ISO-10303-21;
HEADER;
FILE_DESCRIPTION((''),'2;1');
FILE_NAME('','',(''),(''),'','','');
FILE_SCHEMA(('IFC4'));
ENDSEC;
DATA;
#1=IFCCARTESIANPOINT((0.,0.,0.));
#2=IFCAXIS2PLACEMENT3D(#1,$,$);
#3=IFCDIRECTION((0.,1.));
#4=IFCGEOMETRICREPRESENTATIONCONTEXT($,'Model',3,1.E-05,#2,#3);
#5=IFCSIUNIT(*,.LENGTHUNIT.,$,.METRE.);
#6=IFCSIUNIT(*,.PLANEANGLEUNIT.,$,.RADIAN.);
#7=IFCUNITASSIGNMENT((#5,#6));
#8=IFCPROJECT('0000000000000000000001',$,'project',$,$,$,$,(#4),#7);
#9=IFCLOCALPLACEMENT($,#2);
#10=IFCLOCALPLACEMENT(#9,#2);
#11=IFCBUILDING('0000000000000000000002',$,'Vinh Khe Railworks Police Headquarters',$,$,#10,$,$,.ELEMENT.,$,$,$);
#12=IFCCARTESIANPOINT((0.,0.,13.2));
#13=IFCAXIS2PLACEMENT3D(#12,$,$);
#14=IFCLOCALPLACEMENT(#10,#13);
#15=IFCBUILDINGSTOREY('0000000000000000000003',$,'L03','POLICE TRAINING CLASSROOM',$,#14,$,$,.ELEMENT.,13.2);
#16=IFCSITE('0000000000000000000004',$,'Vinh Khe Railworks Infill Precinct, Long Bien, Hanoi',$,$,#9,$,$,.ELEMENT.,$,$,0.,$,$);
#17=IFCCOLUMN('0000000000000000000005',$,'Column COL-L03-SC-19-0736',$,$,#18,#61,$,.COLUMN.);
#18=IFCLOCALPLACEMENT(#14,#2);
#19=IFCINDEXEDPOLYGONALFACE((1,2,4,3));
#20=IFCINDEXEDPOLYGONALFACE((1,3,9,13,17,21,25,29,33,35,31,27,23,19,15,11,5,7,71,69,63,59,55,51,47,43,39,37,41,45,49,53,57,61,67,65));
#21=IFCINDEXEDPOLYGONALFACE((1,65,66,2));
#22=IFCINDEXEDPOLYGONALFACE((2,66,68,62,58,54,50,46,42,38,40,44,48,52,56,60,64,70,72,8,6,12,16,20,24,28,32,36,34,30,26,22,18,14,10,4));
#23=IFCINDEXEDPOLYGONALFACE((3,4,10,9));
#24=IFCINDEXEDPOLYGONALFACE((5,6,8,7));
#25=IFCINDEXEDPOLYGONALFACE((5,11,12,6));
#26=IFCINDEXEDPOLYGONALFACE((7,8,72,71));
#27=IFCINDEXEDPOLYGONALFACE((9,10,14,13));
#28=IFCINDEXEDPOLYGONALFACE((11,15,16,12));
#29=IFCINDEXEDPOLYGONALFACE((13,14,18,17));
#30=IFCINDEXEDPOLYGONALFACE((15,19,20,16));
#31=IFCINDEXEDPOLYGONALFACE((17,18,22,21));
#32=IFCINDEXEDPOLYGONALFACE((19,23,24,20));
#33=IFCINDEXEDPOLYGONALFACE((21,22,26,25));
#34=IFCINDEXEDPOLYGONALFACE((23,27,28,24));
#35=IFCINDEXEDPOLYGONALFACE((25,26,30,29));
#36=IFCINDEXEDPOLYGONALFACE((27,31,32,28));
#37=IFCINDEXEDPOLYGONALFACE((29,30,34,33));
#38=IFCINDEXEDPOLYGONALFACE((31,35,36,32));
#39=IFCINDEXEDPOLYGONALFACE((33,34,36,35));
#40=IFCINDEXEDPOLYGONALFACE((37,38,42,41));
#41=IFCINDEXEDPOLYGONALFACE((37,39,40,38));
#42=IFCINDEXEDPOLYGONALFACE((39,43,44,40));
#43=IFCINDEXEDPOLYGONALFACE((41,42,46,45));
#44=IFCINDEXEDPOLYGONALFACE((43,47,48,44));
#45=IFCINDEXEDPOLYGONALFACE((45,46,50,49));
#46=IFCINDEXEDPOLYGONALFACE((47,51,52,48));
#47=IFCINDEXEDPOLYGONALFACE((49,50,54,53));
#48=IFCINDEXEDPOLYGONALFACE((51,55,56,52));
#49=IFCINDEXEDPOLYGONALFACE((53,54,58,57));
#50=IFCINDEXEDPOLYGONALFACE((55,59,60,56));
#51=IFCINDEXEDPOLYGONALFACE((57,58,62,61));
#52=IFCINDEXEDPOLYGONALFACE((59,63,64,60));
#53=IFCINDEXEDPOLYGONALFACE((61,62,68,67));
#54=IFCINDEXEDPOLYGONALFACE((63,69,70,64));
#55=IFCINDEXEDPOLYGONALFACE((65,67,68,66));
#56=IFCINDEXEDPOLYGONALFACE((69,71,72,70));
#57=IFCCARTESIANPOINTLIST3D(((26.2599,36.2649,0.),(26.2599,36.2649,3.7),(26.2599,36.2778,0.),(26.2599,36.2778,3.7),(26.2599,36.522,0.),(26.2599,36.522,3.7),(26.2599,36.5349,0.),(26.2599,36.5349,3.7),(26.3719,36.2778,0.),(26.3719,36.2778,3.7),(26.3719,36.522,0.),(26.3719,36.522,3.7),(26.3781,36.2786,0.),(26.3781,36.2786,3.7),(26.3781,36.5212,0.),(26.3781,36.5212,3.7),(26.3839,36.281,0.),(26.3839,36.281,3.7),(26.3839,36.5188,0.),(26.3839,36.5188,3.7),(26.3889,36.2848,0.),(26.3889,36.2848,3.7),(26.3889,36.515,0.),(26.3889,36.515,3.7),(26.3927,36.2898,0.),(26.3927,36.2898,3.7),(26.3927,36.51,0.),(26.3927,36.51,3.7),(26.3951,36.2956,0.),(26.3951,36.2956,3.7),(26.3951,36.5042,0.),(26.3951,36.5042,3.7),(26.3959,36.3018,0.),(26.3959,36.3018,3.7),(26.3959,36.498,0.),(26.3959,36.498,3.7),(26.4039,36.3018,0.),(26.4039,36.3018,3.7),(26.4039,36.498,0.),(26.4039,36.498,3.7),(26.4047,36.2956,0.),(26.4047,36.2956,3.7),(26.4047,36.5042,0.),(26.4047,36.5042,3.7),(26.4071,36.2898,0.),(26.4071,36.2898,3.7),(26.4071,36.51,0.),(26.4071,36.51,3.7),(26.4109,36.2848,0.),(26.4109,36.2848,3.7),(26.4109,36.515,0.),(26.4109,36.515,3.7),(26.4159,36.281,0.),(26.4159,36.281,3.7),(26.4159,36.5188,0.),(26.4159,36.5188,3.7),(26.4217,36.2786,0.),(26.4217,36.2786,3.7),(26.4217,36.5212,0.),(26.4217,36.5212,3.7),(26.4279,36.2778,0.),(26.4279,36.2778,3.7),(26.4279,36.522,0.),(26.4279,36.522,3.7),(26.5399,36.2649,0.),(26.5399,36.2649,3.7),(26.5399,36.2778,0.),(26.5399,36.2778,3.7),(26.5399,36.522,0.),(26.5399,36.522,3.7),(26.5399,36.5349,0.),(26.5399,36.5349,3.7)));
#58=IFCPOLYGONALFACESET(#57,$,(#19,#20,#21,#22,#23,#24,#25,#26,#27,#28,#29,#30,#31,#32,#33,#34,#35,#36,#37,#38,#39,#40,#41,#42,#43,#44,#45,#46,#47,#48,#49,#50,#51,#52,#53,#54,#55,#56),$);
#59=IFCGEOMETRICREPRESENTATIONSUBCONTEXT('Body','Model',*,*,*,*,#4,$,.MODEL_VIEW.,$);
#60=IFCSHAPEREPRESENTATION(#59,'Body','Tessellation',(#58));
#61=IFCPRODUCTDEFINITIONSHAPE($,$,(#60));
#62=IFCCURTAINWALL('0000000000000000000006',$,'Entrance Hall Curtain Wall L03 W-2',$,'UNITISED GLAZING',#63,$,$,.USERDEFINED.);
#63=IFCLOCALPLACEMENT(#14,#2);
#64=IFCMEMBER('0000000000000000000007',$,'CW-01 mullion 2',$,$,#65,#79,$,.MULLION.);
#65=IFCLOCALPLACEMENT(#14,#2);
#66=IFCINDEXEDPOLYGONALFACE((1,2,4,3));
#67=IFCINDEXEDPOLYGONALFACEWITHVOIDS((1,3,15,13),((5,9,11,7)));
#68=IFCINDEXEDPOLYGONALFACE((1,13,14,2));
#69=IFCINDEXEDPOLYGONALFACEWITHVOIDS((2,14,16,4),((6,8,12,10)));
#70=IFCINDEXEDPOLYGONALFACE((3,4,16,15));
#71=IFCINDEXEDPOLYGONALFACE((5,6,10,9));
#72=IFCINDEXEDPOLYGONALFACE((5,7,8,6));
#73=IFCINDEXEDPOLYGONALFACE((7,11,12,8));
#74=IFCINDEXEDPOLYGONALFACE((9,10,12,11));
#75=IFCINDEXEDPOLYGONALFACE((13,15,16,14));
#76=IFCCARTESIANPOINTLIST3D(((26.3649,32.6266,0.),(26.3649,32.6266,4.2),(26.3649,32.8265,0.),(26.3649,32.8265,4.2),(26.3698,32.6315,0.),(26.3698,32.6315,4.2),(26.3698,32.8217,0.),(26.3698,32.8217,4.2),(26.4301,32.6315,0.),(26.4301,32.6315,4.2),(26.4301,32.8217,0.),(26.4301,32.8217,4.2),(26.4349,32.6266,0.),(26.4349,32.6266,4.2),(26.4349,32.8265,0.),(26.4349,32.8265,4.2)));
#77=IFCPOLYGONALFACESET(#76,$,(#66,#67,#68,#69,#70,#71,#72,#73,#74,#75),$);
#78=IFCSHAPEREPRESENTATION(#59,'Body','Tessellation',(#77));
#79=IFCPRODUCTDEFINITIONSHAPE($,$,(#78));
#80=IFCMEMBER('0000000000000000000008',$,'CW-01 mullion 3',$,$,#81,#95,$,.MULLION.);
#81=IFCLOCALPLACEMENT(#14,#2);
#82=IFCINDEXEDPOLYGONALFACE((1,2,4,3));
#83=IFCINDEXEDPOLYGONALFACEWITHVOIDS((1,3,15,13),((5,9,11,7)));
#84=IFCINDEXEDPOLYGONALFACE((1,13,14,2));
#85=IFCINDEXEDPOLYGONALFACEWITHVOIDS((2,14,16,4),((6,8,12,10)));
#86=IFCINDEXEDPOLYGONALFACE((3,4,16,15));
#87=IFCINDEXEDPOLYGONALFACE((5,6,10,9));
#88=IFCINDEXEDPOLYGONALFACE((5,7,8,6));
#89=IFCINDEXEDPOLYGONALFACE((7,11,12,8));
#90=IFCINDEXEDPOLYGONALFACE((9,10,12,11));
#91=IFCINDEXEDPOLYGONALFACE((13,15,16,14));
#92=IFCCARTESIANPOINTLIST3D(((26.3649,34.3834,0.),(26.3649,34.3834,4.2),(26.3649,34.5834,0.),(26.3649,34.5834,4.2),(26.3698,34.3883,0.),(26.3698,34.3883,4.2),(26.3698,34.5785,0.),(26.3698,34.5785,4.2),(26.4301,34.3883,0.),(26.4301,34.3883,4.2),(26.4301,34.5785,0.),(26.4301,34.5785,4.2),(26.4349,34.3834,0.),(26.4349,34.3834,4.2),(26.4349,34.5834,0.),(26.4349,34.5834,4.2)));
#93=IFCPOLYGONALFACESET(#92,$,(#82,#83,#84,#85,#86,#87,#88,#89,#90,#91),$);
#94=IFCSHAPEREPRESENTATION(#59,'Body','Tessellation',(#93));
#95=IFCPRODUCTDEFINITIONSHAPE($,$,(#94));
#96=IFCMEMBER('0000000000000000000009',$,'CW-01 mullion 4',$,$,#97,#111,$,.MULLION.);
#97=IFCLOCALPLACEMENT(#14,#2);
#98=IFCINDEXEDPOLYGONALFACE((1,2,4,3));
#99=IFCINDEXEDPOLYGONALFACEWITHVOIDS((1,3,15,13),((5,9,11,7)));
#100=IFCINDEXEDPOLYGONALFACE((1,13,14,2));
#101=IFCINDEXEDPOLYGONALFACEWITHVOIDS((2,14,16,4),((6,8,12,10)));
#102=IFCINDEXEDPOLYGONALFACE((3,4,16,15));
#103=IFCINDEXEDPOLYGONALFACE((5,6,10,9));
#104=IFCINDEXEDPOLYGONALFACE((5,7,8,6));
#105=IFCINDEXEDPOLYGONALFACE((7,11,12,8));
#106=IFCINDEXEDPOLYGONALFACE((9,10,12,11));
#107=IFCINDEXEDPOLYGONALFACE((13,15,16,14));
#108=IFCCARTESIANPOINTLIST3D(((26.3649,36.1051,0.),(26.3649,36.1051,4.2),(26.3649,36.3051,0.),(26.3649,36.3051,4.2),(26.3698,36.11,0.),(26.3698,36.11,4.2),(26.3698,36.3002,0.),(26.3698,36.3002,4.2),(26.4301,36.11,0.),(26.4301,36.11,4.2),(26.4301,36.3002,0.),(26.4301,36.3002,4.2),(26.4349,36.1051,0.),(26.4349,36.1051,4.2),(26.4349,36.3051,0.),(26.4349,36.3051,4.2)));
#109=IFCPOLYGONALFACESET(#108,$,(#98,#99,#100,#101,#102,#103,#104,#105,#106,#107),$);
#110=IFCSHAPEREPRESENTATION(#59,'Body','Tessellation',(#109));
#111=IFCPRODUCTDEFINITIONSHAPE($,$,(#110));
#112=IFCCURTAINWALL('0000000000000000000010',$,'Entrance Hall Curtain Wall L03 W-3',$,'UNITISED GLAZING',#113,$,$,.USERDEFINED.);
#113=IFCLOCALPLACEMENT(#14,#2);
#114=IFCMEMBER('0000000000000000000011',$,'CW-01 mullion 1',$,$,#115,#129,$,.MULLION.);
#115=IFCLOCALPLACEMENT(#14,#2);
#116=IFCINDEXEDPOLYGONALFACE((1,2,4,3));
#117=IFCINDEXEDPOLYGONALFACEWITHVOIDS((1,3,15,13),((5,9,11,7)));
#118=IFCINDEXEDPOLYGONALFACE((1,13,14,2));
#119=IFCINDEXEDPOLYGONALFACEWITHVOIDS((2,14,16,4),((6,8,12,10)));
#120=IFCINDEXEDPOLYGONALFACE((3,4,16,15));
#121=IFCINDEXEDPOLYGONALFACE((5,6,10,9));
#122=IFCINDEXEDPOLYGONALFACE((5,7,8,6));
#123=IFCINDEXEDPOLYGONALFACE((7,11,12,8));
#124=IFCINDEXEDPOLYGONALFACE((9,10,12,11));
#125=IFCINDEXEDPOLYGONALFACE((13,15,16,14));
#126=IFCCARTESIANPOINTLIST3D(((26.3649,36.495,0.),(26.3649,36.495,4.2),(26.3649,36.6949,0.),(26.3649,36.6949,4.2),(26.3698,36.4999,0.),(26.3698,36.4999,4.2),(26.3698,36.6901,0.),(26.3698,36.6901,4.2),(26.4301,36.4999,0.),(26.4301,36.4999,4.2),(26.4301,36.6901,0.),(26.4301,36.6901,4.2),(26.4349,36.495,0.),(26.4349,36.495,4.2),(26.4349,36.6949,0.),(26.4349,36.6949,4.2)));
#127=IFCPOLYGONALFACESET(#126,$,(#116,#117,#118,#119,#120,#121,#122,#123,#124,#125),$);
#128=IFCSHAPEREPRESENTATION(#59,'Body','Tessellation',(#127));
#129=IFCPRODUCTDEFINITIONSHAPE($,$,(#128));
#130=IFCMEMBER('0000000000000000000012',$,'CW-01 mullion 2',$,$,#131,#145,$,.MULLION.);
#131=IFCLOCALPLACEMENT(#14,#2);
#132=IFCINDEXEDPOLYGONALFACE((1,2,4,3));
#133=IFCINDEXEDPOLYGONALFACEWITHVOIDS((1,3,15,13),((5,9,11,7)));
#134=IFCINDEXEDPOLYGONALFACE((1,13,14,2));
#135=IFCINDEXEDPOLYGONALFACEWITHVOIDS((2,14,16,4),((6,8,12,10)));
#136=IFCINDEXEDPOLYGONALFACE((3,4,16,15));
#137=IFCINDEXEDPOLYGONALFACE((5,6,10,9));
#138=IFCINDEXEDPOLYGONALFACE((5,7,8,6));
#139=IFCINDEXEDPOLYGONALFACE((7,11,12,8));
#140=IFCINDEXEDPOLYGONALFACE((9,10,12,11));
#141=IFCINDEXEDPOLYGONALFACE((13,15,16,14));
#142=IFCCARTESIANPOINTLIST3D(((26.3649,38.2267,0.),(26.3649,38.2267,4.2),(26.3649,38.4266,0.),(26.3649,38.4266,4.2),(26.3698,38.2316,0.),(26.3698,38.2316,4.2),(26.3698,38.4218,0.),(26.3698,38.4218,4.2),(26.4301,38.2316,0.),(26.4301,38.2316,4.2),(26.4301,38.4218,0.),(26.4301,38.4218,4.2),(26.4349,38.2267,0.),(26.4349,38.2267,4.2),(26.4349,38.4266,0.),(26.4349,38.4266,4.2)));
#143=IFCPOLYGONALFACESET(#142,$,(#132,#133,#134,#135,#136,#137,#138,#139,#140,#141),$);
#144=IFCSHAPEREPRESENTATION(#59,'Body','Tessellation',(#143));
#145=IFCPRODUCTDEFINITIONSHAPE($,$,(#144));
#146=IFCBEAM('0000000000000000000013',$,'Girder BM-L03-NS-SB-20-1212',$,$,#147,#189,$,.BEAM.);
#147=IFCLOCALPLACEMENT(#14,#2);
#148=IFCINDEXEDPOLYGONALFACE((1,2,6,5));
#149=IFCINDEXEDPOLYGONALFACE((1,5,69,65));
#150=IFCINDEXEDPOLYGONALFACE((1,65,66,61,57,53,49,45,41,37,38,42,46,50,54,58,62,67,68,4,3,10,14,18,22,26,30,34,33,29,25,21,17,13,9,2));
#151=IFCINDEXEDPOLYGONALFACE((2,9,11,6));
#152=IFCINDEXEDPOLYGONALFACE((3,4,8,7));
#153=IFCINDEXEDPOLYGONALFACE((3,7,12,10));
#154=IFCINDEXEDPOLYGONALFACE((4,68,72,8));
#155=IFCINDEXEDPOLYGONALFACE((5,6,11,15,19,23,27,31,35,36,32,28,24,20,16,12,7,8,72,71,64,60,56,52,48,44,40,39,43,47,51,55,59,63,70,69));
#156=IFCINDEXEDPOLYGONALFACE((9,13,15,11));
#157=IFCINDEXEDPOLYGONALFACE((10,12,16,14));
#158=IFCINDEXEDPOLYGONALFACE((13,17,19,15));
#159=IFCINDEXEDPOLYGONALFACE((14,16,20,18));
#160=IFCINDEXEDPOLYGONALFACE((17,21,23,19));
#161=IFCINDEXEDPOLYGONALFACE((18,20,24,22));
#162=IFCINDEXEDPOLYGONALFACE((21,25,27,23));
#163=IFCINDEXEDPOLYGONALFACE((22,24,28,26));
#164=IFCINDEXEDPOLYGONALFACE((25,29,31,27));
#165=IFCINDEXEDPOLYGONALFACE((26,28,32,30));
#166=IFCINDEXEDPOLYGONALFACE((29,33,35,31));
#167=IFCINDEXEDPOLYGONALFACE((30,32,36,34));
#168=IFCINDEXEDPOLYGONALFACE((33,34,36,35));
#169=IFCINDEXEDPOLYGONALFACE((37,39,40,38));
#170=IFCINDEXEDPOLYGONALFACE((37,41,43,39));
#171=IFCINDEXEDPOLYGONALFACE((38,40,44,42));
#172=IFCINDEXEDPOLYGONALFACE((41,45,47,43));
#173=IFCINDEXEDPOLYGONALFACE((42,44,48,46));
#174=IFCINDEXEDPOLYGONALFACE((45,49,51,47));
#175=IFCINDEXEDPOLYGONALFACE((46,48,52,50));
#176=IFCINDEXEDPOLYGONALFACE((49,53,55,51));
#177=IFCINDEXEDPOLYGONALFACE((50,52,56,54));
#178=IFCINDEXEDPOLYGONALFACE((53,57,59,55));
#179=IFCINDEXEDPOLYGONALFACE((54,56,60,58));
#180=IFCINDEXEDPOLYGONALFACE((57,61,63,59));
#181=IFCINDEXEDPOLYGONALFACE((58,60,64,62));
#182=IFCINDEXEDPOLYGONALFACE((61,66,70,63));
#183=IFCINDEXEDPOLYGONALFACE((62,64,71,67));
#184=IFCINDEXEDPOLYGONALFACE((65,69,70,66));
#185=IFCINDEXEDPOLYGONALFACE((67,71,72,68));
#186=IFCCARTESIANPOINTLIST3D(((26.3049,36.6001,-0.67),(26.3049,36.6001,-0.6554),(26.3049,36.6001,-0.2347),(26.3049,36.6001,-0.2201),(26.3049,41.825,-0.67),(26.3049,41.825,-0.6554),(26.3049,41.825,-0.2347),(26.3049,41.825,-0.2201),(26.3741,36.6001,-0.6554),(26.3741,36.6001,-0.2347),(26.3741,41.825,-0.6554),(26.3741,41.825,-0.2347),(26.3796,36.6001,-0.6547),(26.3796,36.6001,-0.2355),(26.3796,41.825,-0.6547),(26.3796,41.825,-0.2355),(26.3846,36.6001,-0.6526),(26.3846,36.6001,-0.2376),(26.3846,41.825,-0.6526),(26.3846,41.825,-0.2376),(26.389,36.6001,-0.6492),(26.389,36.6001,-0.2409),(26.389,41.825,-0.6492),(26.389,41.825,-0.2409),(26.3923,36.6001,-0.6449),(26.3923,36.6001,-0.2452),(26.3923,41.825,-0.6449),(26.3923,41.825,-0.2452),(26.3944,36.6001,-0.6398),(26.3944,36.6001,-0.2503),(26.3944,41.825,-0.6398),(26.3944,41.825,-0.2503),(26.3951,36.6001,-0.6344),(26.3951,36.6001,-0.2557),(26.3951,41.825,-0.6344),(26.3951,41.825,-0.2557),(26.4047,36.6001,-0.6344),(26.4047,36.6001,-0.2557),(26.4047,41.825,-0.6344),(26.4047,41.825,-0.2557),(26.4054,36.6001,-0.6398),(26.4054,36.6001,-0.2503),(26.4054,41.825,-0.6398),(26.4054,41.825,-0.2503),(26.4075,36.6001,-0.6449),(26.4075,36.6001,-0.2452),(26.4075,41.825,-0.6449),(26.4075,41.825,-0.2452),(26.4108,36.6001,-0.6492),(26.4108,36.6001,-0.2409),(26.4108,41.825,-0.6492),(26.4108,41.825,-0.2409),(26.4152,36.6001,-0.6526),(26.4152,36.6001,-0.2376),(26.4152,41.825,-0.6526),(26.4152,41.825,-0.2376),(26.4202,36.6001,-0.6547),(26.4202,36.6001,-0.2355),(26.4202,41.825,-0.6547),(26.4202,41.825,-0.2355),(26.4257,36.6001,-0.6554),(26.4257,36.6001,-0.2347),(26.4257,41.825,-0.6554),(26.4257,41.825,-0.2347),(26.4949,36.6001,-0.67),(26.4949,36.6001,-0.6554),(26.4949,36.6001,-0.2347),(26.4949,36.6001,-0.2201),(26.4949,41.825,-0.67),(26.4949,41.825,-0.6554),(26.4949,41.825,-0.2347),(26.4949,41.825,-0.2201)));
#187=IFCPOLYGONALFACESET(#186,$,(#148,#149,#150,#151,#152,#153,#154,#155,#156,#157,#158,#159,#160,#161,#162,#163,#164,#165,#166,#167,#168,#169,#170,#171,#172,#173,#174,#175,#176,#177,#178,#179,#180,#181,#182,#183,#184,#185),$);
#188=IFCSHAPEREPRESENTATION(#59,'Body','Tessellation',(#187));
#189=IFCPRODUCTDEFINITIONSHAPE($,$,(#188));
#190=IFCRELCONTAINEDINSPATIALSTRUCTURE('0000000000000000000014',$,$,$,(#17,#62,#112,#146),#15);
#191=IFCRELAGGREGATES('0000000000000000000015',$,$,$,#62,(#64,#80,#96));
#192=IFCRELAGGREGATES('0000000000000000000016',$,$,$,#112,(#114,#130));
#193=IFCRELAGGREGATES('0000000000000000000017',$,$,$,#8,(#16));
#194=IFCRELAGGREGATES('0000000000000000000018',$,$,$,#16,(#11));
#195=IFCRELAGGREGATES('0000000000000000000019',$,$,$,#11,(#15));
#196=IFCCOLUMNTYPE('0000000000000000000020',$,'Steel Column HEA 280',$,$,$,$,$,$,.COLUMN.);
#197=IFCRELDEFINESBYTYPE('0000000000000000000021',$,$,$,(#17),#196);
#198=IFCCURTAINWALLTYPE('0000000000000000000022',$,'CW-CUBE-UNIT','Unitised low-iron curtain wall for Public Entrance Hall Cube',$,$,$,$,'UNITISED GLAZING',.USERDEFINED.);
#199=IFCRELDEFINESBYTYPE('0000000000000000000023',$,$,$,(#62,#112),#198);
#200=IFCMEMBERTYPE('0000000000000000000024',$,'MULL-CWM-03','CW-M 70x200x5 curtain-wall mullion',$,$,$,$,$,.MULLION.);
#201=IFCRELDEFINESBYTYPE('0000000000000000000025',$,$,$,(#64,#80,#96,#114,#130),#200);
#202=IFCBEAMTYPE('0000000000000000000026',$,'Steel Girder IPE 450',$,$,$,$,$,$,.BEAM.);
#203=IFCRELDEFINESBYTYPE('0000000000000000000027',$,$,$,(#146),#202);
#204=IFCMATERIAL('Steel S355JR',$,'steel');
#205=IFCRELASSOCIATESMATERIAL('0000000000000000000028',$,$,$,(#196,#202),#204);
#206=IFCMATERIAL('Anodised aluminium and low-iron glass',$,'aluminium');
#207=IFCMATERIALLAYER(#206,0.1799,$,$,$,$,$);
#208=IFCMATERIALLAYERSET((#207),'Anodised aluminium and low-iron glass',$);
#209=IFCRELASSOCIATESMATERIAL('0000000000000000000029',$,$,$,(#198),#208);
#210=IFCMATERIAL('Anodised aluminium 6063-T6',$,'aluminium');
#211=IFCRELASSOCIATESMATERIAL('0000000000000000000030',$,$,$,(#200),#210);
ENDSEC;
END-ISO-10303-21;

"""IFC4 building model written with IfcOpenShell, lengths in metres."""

from ifc_helpers import new_model, si_unit, direction, frame, origin, origin_2d, place, context, subcontext, project, spatial, hollow_rectangle, i_section, extrude, material, layer, layer_set, material_profile, profile_set, type_object, element, aggregate, save


model = new_model("IFC4")

# Units and contexts
model_context = context("Model", 3, precision=1e-05, world=origin(), true_north=direction((0.0, 1.0)))
body_context = subcontext(model_context, "Body", "Model", "MODEL_VIEW")
ifc_project = project(units=[si_unit("LENGTHUNIT", "METRE"), si_unit("PLANEANGLEUNIT", "RADIAN")], contexts=[model_context])

# Site, building, storey
site_placement = place(None, origin())
site = spatial("IfcSite", under=ifc_project, at=site_placement, Name="Vinh Khe Railworks Infill Precinct, Long Bien, Hanoi", CompositionType="ELEMENT", RefElevation=0.0)
building_placement = place(site_placement, origin())
building = spatial("IfcBuilding", under=site, at=building_placement, Name="Vinh Khe Railworks Police Headquarters", CompositionType="ELEMENT")
storey_placement = place(building_placement, frame((0.0, 0.0, 13.2)))
storey = spatial("IfcBuildingStorey", under=building, at=storey_placement, Name="L03", Description="POLICE TRAINING CLASSROOM", CompositionType="ELEMENT", Elevation=13.2)

# Column
ifc_material_1 = material(Name="Steel S355JR", Category="steel")
ifc_material_profile_1 = material_profile(ifc_material_1, i_section(OverallWidth=0.28, OverallDepth=0.27, WebThickness=0.0081, FlangeThickness=0.0129, FilletRadius=0.0239, at=origin_2d()), Name="HEA 280")
ifc_profile_set_1 = profile_set([ifc_material_profile_1], Name="Steel S355JR")
column_type = type_object("IfcColumnType", Name="Steel Column HEA 280", PredefinedType="COLUMN", material=ifc_profile_set_1)
column_placement = place(storey_placement, frame((26.3999, 36.3999, 0.0), z_axis=(0.0, 0.0, 1.0), x_axis=(1.0, 0.0, 0.0)))
element("IfcColumn", 1, at=column_placement, inside=storey, type_object=column_type, Name="Column COL-L03-SC-19-0736", PredefinedType="COLUMN", context=body_context, shape_type="SweptSolid", body=[
    extrude(i_section(OverallWidth=0.28, OverallDepth=0.27, WebThickness=0.0081, FlangeThickness=0.0129, FilletRadius=0.0239, at=origin_2d()), origin(), (0.0, 0.0, 1.0), 3.7),
])

# Curtain walls, members
ifc_material_2 = material(Name="Anodised aluminium and low-iron glass", Category="aluminium")
ifc_layer_1 = layer(ifc_material_2, 0.1799)
ifc_layer_set_1 = layer_set([ifc_layer_1], Name="Anodised aluminium and low-iron glass")
curtain_wall_type = type_object("IfcCurtainWallType", Name="CW-CUBE-UNIT", Description="Unitised low-iron curtain wall for Public Entrance Hall Cube", ElementType="UNITISED GLAZING", PredefinedType="USERDEFINED", material=ifc_layer_set_1)
curtain_wall_1_placement = place(storey_placement, origin())
curtain_wall_1 = element("IfcCurtainWall", 2, at=curtain_wall_1_placement, inside=storey, type_object=curtain_wall_type, Name="Entrance Hall Curtain Wall L03 W-2", ObjectType="UNITISED GLAZING", PredefinedType="USERDEFINED")
ifc_material_3 = material(Name="Anodised aluminium 6063-T6", Category="aluminium")
ifc_material_profile_2 = material_profile(ifc_material_3, hollow_rectangle(XDim=0.0701, YDim=0.2, WallThickness=0.0049, at=origin_2d()), Name="CW-M 70x200x5")
ifc_profile_set_2 = profile_set([ifc_material_profile_2], Name="Anodised aluminium 6063-T6")
member_type_1 = type_object("IfcMemberType", Name="MULL-CWM-03", Description="CW-M 70x200x5 curtain-wall mullion", PredefinedType="MULLION", material=ifc_profile_set_2)
member_1_placement = place(storey_placement, frame((26.3999, 32.7266, 0.0), z_axis=(0.0, 0.0, 1.0), x_axis=(-1.0, 0.0, 0.0)))
member_1 = element("IfcMember", 3, at=member_1_placement, type_object=member_type_1, Name="CW-01 mullion 2", PredefinedType="MULLION", context=body_context, shape_type="SweptSolid", body=[
    extrude(hollow_rectangle(XDim=0.0701, YDim=0.2, WallThickness=0.0049, at=origin_2d()), origin(), (0.0, 0.0, 1.0), 4.2),
])
member_2_placement = place(storey_placement, frame((26.3999, 34.4834, 0.0), z_axis=(0.0, 0.0, 1.0), x_axis=(-1.0, 0.0, 0.0)))
member_2 = element("IfcMember", 4, at=member_2_placement, type_object=member_type_1, Name="CW-01 mullion 3", PredefinedType="MULLION", context=body_context, shape_type="SweptSolid", body=[
    extrude(hollow_rectangle(XDim=0.0701, YDim=0.2, WallThickness=0.0049, at=origin_2d()), origin(), (0.0, 0.0, 1.0), 4.2),
])
member_3_placement = place(storey_placement, frame((26.3999, 36.2051, 0.0), z_axis=(0.0, 0.0, 1.0), x_axis=(-1.0, 0.0, 0.0)))
member_3 = element("IfcMember", 5, at=member_3_placement, type_object=member_type_1, Name="CW-01 mullion 4", PredefinedType="MULLION", context=body_context, shape_type="SweptSolid", body=[
    extrude(hollow_rectangle(XDim=0.0701, YDim=0.2, WallThickness=0.0049, at=origin_2d()), origin(), (0.0, 0.0, 1.0), 4.2),
])
curtain_wall_2_placement = place(storey_placement, origin())
curtain_wall_2 = element("IfcCurtainWall", 6, at=curtain_wall_2_placement, inside=storey, type_object=curtain_wall_type, Name="Entrance Hall Curtain Wall L03 W-3", ObjectType="UNITISED GLAZING", PredefinedType="USERDEFINED")
member_4_placement = place(storey_placement, frame((26.3999, 36.595, 0.0), z_axis=(0.0, 0.0, 1.0), x_axis=(-1.0, 0.0, 0.0)))
member_4 = element("IfcMember", 7, at=member_4_placement, type_object=member_type_1, Name="CW-01 mullion 1", PredefinedType="MULLION", context=body_context, shape_type="SweptSolid", body=[
    extrude(hollow_rectangle(XDim=0.0701, YDim=0.2, WallThickness=0.0049, at=origin_2d()), origin(), (0.0, 0.0, 1.0), 4.2),
])
member_5_placement = place(storey_placement, frame((26.3999, 38.3267, 0.0), z_axis=(0.0, 0.0, 1.0), x_axis=(-1.0, 0.0, 0.0)))
member_5 = element("IfcMember", 8, at=member_5_placement, type_object=member_type_1, Name="CW-01 mullion 2", PredefinedType="MULLION", context=body_context, shape_type="SweptSolid", body=[
    extrude(hollow_rectangle(XDim=0.0701, YDim=0.2, WallThickness=0.0049, at=origin_2d()), origin(), (0.0, 0.0, 1.0), 4.2),
])

# Beam
ifc_material_profile_3 = material_profile(ifc_material_1, i_section(OverallWidth=0.1899, OverallDepth=0.45, WebThickness=0.0095, FlangeThickness=0.0146, FilletRadius=0.021, at=origin_2d()), Name="IPE 450")
ifc_profile_set_3 = profile_set([ifc_material_profile_3], Name="Steel S355JR")
beam_type = type_object("IfcBeamType", Name="Steel Girder IPE 450", PredefinedType="BEAM", material=ifc_profile_set_3)
beam_placement = place(storey_placement, frame((26.3999, 36.6001, -0.4451), z_axis=(0.0, 1.0, 0.0), x_axis=(-1.0, 0.0, 0.0)))
element("IfcBeam", 9, at=beam_placement, inside=storey, type_object=beam_type, Name="Girder BM-L03-NS-SB-20-1212", PredefinedType="BEAM", context=body_context, shape_type="SweptSolid", body=[
    extrude(i_section(OverallWidth=0.1899, OverallDepth=0.45, WebThickness=0.0095, FlangeThickness=0.0146, FilletRadius=0.021, at=origin_2d()), origin(), (0.0, 0.0, 1.0), 5.2249),
])

aggregate(curtain_wall_1, [member_1, member_2, member_3])
aggregate(curtain_wall_2, [member_4, member_5])

save(model, "model.ifc")
